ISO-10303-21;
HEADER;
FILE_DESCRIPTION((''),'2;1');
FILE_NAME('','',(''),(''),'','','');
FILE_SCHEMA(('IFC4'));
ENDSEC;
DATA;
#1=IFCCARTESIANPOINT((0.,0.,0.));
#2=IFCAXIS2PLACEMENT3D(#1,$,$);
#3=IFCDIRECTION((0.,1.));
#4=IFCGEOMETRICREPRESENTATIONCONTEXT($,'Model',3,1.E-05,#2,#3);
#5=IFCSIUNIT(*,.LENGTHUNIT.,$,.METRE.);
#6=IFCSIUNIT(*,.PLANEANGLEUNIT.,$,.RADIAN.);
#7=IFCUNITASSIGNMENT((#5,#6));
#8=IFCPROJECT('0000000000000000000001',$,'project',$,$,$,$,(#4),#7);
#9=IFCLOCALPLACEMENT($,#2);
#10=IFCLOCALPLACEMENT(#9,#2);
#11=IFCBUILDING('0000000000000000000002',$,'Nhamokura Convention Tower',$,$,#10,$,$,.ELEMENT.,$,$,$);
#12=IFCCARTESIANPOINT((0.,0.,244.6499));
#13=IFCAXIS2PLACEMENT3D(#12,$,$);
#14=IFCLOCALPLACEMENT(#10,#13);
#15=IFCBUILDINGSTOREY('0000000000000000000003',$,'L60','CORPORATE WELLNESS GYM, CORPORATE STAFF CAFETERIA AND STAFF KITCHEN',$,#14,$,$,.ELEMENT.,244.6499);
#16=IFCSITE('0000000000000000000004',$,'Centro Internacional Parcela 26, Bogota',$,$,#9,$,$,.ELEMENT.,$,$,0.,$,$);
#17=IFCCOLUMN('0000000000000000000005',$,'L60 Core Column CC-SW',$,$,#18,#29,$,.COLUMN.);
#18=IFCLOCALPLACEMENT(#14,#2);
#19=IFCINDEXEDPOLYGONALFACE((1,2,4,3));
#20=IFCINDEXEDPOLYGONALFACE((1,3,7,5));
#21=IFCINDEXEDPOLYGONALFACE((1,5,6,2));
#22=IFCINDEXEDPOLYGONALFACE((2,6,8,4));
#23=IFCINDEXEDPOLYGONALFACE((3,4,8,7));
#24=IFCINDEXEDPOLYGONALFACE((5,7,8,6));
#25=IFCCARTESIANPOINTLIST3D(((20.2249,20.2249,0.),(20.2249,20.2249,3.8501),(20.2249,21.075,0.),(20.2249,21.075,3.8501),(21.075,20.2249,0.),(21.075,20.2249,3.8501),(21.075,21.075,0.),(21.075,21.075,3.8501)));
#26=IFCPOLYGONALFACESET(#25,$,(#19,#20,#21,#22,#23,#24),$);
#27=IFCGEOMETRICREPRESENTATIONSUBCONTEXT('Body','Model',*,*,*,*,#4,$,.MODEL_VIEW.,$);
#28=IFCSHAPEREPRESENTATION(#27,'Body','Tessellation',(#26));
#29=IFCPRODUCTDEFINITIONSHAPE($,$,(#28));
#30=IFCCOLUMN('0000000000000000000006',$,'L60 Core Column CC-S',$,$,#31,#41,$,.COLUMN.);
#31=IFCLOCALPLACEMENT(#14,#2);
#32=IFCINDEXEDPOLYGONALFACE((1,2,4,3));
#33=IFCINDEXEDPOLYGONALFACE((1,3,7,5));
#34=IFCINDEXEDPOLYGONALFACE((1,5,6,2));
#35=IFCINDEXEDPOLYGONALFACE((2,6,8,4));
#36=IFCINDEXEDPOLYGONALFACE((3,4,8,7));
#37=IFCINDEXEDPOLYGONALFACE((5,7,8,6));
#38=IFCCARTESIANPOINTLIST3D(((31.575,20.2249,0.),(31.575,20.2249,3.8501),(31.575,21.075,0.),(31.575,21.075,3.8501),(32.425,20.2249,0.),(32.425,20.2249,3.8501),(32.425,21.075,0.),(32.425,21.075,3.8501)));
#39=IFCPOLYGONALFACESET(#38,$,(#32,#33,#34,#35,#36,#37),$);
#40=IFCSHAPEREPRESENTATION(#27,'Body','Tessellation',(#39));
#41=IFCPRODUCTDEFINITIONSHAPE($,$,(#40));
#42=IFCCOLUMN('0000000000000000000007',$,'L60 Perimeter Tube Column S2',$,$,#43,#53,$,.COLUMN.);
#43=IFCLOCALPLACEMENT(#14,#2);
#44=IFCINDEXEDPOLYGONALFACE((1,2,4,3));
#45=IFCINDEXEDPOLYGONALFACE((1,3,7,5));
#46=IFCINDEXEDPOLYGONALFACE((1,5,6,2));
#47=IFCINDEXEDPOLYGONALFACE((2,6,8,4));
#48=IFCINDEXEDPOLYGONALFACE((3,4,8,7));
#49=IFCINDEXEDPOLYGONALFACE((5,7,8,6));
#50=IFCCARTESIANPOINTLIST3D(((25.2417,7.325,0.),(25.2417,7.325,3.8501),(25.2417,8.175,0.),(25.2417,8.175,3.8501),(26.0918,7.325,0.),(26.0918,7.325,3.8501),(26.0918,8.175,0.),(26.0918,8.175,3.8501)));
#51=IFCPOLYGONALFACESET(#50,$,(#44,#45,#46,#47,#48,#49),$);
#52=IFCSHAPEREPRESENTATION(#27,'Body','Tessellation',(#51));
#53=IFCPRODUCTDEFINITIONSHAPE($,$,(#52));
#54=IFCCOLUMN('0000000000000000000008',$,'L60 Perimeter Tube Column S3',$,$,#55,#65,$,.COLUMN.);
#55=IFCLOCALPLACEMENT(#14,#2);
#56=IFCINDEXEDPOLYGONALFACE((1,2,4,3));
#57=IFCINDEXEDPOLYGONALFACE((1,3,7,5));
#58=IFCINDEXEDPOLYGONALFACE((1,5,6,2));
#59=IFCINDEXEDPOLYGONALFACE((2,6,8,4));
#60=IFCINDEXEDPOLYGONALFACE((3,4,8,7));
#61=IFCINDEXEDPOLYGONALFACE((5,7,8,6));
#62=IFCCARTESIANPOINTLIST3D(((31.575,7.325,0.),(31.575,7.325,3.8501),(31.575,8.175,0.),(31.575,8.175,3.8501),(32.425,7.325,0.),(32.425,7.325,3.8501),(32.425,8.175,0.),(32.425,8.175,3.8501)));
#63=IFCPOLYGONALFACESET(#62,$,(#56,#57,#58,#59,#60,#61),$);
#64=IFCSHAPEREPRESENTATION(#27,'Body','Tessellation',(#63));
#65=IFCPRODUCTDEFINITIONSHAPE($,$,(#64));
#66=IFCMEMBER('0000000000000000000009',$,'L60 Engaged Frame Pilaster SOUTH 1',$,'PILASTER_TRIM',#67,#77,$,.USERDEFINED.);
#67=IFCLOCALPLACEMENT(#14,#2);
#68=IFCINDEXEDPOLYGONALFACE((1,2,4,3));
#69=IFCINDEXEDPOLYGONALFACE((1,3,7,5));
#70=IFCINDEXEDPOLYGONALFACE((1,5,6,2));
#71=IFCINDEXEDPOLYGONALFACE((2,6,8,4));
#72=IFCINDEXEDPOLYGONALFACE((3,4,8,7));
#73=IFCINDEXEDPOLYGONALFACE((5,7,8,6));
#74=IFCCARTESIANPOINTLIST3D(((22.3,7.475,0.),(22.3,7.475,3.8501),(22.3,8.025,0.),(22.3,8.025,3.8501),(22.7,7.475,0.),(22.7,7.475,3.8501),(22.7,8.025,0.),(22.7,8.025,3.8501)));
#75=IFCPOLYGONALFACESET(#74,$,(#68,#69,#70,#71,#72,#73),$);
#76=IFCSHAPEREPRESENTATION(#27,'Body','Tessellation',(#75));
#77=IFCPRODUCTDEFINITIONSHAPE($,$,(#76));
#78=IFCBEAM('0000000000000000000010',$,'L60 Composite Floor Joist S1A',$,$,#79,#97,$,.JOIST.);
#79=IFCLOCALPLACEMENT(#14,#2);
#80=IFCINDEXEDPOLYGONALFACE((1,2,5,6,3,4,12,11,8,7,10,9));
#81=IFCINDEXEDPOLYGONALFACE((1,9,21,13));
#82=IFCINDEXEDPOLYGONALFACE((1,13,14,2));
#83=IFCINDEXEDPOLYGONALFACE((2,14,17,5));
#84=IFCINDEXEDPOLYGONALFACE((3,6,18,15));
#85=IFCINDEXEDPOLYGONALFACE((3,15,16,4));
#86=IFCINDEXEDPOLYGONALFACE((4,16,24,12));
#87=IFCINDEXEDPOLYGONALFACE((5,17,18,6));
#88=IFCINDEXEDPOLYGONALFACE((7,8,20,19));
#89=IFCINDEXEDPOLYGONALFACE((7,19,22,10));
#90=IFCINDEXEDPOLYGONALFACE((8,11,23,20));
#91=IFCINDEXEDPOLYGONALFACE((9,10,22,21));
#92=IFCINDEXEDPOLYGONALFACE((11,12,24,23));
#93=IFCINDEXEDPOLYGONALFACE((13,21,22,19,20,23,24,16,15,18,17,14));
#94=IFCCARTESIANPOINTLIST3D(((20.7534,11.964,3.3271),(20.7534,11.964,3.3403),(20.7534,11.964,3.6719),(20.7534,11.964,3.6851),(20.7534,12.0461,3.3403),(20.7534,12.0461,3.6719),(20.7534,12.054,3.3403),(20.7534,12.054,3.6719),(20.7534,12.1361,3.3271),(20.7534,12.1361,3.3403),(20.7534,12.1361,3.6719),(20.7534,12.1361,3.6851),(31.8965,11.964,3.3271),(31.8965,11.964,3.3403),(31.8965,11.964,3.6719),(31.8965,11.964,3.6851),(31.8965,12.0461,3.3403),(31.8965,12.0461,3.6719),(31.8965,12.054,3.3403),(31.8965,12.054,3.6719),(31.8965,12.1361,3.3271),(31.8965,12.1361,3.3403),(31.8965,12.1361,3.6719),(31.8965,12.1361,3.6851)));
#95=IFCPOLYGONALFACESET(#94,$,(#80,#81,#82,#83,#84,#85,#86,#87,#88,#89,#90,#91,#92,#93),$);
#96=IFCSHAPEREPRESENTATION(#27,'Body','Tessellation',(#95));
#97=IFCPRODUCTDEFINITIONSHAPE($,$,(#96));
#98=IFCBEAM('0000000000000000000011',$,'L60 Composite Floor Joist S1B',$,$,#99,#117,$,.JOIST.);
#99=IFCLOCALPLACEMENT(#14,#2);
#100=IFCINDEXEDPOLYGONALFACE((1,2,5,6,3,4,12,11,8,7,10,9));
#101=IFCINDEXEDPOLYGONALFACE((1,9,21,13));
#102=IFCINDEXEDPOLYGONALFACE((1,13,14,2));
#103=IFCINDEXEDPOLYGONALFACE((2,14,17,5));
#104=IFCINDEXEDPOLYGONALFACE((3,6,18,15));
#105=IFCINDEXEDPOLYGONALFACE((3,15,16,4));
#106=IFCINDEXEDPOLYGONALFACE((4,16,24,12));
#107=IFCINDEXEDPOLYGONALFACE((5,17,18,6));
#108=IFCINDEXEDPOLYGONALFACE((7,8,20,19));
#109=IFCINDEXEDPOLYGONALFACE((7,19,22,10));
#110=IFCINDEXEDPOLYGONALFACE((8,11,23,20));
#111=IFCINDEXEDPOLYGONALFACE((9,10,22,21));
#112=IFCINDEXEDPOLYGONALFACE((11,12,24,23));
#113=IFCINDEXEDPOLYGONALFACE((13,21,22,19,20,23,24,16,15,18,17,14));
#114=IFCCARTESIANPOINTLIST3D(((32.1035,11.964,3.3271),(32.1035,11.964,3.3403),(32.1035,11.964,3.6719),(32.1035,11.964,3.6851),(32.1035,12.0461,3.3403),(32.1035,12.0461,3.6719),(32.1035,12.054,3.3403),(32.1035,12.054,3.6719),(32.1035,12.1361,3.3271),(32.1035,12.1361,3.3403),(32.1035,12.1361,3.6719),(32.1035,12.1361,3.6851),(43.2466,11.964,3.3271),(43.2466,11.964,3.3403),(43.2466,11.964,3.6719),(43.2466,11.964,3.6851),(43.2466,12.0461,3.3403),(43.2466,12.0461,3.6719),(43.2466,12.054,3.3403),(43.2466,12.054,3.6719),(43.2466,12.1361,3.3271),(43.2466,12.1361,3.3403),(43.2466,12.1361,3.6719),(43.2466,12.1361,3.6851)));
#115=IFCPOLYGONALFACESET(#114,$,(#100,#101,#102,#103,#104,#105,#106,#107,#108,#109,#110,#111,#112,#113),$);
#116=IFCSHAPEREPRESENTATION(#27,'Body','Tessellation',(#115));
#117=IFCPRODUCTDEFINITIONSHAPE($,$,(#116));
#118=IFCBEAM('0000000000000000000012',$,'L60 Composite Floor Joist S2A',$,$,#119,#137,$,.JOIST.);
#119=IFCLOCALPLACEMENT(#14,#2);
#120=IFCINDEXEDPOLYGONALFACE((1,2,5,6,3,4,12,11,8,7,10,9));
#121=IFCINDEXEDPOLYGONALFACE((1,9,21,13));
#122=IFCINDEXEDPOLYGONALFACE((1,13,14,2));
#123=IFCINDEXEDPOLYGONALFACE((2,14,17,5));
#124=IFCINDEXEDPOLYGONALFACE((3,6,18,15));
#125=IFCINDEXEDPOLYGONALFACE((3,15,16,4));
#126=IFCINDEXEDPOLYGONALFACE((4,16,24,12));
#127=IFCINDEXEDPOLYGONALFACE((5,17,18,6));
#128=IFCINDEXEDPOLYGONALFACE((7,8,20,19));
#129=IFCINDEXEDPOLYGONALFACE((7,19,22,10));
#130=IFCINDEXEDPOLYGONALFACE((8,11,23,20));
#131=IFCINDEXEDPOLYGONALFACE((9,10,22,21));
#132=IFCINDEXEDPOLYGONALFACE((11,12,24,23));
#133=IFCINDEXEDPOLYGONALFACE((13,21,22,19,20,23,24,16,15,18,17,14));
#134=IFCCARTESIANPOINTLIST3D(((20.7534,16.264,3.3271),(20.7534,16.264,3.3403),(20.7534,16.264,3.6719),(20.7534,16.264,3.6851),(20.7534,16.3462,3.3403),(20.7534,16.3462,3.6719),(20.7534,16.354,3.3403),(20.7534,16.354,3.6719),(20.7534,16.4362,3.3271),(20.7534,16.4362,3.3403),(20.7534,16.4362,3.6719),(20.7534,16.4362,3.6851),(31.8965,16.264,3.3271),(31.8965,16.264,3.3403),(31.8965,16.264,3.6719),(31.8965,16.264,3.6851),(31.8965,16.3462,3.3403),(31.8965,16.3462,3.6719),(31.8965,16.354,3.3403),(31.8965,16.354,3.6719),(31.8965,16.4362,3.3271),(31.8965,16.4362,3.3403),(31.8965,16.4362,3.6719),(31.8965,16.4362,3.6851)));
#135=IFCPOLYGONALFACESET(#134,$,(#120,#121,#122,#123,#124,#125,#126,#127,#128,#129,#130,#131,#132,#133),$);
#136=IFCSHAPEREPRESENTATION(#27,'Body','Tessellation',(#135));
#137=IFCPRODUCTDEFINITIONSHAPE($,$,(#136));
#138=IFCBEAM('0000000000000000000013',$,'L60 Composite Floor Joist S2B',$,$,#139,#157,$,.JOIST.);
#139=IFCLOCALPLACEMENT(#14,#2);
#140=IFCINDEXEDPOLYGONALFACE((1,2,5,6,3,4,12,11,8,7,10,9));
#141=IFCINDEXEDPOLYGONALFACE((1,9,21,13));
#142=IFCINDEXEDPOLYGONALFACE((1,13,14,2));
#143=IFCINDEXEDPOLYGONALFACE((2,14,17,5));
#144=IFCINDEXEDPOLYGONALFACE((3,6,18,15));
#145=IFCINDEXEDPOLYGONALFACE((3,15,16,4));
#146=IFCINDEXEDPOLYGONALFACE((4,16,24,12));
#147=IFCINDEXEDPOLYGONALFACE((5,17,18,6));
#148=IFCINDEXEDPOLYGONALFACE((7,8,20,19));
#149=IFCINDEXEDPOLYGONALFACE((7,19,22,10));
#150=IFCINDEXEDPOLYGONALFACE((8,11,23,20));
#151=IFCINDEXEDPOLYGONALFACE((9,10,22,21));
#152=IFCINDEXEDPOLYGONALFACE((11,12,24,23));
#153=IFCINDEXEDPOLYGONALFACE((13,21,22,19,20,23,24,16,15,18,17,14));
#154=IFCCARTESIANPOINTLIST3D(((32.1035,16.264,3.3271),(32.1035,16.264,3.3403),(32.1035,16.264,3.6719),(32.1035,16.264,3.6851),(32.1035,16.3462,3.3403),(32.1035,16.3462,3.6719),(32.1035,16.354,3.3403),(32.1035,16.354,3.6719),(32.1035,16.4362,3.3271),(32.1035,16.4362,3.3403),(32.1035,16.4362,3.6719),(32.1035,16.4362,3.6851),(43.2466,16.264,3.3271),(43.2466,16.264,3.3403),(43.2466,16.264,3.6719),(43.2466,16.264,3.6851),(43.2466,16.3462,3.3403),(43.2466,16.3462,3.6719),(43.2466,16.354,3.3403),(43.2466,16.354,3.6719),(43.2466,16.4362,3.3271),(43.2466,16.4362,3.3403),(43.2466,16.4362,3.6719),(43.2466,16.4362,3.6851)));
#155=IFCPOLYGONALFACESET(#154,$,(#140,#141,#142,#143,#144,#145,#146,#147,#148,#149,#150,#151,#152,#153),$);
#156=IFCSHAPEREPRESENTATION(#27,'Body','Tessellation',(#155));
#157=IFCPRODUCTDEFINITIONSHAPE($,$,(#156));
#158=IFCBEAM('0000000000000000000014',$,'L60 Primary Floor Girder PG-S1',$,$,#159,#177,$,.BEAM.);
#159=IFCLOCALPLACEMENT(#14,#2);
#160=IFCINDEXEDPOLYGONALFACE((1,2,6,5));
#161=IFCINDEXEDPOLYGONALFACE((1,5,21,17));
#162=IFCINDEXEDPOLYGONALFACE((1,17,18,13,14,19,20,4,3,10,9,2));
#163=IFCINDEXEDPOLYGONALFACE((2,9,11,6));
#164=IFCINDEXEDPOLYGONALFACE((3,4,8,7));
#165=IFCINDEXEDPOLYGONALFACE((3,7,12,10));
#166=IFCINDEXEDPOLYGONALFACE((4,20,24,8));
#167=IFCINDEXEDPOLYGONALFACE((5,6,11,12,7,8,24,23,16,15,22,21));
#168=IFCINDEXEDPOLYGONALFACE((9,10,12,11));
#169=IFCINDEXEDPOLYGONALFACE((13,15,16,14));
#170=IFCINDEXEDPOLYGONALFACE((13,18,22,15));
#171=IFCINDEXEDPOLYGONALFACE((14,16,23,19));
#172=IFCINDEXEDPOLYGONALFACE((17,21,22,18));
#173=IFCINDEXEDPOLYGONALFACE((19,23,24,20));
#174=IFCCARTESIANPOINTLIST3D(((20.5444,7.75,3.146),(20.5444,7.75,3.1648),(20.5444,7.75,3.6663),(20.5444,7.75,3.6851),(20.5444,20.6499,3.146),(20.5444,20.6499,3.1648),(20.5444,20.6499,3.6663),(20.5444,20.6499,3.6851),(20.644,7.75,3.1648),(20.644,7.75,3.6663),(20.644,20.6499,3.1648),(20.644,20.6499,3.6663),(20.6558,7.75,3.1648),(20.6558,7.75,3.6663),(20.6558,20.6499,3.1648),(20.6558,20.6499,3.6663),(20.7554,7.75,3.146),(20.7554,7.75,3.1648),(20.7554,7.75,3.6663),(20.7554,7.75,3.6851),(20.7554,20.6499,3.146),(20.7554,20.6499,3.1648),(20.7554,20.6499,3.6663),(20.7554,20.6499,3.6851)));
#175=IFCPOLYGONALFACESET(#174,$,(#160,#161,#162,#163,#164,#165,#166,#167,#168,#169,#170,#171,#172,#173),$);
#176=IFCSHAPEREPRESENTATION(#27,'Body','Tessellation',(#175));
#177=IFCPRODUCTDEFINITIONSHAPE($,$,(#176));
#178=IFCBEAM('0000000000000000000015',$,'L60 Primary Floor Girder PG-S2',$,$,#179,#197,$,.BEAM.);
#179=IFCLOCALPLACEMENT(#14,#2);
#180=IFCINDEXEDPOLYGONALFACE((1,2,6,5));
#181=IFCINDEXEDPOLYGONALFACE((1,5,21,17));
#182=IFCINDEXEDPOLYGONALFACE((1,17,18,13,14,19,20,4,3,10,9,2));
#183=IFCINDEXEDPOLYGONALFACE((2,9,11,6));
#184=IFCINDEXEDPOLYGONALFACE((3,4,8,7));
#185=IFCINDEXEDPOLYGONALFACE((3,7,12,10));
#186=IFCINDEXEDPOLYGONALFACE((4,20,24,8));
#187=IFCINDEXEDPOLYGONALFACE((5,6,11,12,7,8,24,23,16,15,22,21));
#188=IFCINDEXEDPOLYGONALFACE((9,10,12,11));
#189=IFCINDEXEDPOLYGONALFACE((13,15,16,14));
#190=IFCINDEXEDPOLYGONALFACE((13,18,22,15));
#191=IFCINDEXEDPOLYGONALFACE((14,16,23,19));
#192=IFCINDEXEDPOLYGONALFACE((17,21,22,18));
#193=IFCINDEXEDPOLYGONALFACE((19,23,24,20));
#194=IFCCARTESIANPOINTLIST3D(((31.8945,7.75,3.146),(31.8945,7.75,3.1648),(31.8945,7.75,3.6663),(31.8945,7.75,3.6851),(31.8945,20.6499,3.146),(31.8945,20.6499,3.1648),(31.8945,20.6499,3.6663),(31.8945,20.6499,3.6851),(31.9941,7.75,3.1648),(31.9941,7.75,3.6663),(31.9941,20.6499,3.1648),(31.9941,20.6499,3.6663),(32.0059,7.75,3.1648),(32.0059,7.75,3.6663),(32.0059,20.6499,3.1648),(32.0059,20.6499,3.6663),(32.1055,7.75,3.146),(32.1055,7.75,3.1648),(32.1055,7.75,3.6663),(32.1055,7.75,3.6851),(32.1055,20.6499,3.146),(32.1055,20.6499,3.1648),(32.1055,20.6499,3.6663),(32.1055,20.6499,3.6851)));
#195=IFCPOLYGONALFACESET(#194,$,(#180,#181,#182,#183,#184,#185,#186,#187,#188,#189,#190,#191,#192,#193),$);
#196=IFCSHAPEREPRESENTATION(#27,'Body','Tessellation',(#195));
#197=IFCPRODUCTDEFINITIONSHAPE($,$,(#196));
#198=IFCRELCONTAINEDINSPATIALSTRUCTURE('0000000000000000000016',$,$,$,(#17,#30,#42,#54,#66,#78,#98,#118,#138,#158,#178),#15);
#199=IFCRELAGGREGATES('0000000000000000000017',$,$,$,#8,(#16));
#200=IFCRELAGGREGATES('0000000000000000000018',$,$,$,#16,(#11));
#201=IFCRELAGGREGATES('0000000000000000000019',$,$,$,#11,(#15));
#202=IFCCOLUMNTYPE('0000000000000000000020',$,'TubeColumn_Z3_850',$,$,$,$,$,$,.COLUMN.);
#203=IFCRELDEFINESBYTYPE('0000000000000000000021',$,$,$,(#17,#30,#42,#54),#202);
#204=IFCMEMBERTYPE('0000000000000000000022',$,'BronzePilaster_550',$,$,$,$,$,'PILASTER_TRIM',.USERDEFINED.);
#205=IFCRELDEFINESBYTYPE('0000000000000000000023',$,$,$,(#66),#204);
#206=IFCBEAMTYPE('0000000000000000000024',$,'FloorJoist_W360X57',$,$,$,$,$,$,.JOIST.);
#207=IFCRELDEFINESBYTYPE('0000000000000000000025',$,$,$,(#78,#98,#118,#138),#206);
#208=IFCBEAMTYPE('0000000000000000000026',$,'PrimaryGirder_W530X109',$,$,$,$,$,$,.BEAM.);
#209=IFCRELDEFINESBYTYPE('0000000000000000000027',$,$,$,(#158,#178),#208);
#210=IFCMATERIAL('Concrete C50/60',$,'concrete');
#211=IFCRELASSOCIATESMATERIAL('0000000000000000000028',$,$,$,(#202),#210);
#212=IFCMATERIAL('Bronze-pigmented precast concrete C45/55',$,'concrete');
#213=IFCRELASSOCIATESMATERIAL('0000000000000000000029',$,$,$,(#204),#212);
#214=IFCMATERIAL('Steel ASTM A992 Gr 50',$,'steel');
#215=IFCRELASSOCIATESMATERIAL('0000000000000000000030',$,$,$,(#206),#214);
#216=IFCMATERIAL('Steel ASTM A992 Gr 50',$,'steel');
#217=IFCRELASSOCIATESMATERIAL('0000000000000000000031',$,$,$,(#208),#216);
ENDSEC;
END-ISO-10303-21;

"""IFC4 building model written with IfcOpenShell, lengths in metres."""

from ifc_helpers import new_model, si_unit, direction, frame, origin, origin_2d, place, context, subcontext, project, spatial, rectangle, i_section, extrude, material, material_profile, profile_set, type_object, element, save


model = new_model("IFC4")

# Units and contexts
model_context = context("Model", 3, precision=1e-05, world=origin(), true_north=direction((0.0, 1.0)))
body_context = subcontext(model_context, "Body", "Model", "MODEL_VIEW")
ifc_project = project(units=[si_unit("LENGTHUNIT", "METRE"), si_unit("PLANEANGLEUNIT", "RADIAN")], contexts=[model_context])

# Site, building, storey
site_placement = place(None, origin())
site = spatial("IfcSite", under=ifc_project, at=site_placement, Name="Centro Internacional Parcela 26, Bogota", CompositionType="ELEMENT", RefElevation=0.0)
building_placement = place(site_placement, origin())
building = spatial("IfcBuilding", under=site, at=building_placement, Name="Nhamokura Convention Tower", CompositionType="ELEMENT")
storey_placement = place(building_placement, frame((0.0, 0.0, 244.6499)))
storey = spatial("IfcBuildingStorey", under=building, at=storey_placement, Name="L60", Description="CORPORATE WELLNESS GYM, CORPORATE STAFF CAFETERIA AND STAFF KITCHEN", CompositionType="ELEMENT", Elevation=244.6499)

# Columns
ifc_material_1 = material(Name="Concrete C50/60", Category="concrete")
ifc_material_profile_1 = material_profile(ifc_material_1, rectangle(XDim=0.8501, YDim=0.8501, at=origin_2d()))
ifc_profile_set_1 = profile_set([ifc_material_profile_1], Name="Concrete C50/60")
column_type = type_object("IfcColumnType", Name="TubeColumn_Z3_850", PredefinedType="COLUMN", material=ifc_profile_set_1)
for number, where, z_axis, x_axis, name in (
    (1, (20.6499, 20.6499, 0.0), (0.0, 0.0, 1.0), (1.0, 0.0, 0.0), "L60 Core Column CC-SW"),
    (2, (32.0, 20.6499, 0.0), (0.0, 0.0, 1.0), (1.0, 0.0, 0.0), "L60 Core Column CC-S"),
    (3, (25.6667, 7.75, 0.0), (0.0, 0.0, 1.0), (1.0, 0.0, 0.0), "L60 Perimeter Tube Column S2"),
    (4, (32.0, 7.75, 0.0), (0.0, 0.0, 1.0), (1.0, 0.0, 0.0), "L60 Perimeter Tube Column S3"),
):
    element("IfcColumn", number, at=place(storey_placement, frame(where, z_axis=z_axis, x_axis=x_axis)), inside=storey, type_object=column_type, Name=name, PredefinedType="COLUMN", context=body_context, shape_type="SweptSolid", body=[
        extrude(rectangle(XDim=0.8501, YDim=0.8501, at=origin_2d()), origin(), (0.0, 0.0, 1.0), 3.8501),
    ])

# Member
ifc_material_2 = material(Name="Bronze-pigmented precast concrete C45/55", Category="concrete")
ifc_material_profile_2 = material_profile(ifc_material_2, rectangle(XDim=0.3999, YDim=0.55, at=origin_2d()))
ifc_profile_set_2 = profile_set([ifc_material_profile_2], Name="Bronze-pigmented precast concrete C45/55")
member_type = type_object("IfcMemberType", Name="BronzePilaster_550", ElementType="PILASTER_TRIM", PredefinedType="USERDEFINED", material=ifc_profile_set_2)
member_placement = place(storey_placement, frame((22.5, 7.75, 0.0), z_axis=(0.0, 0.0, 1.0), x_axis=(1.0, 0.0, 0.0)))
element("IfcMember", 5, at=member_placement, inside=storey, type_object=member_type, Name="L60 Engaged Frame Pilaster SOUTH 1", ObjectType="PILASTER_TRIM", PredefinedType="USERDEFINED", context=body_context, shape_type="SweptSolid", body=[
    extrude(rectangle(XDim=0.3999, YDim=0.55, at=origin_2d()), origin(), (0.0, 0.0, 1.0), 3.8501),
])

# Beams
ifc_material_3 = material(Name="Steel ASTM A992 Gr 50", Category="steel")
ifc_material_profile_3 = material_profile(ifc_material_3, i_section(OverallWidth=0.1721, OverallDepth=0.3579, WebThickness=0.0078, FlangeThickness=0.0132, at=origin_2d()))
ifc_profile_set_3 = profile_set([ifc_material_profile_3], Name="Steel ASTM A992 Gr 50")
beam_type_1 = type_object("IfcBeamType", Name="FloorJoist_W360X57", PredefinedType="JOIST", material=ifc_profile_set_3)
for number, where, z_axis, x_axis, name in (
    (6, (20.7534, 12.05, 3.5061), (1.0, 0.0, 0.0), (0.0, 1.0, 0.0), "L60 Composite Floor Joist S1A"),
    (7, (32.1035, 12.05, 3.5061), (1.0, 0.0, 0.0), (0.0, 1.0, 0.0), "L60 Composite Floor Joist S1B"),
    (8, (20.7534, 16.3501, 3.5061), (1.0, 0.0, 0.0), (0.0, 1.0, 0.0), "L60 Composite Floor Joist S2A"),
    (9, (32.1035, 16.3501, 3.5061), (1.0, 0.0, 0.0), (0.0, 1.0, 0.0), "L60 Composite Floor Joist S2B"),
):
    element("IfcBeam", number, at=place(storey_placement, frame(where, z_axis=z_axis, x_axis=x_axis)), inside=storey, type_object=beam_type_1, Name=name, PredefinedType="JOIST", context=body_context, shape_type="SweptSolid", body=[
        extrude(i_section(OverallWidth=0.1721, OverallDepth=0.3579, WebThickness=0.0078, FlangeThickness=0.0132, at=origin_2d()), origin(), (0.0, 0.0, 1.0), 11.1431),
    ])
ifc_material_4 = material(Name="Steel ASTM A992 Gr 50", Category="steel")
ifc_material_profile_4 = material_profile(ifc_material_4, i_section(OverallWidth=0.2109, OverallDepth=0.5391, WebThickness=0.0117, FlangeThickness=0.0188, at=origin_2d()))
ifc_profile_set_4 = profile_set([ifc_material_profile_4], Name="Steel ASTM A992 Gr 50")
beam_type_2 = type_object("IfcBeamType", Name="PrimaryGirder_W530X109", PredefinedType="BEAM", material=ifc_profile_set_4)
for number, where, z_axis, x_axis, name in (
    (10, (20.6499, 7.75, 3.4155), (0.0, 1.0, 0.0), (-1.0, 0.0, 0.0), "L60 Primary Floor Girder PG-S1"),
    (11, (32.0, 7.75, 3.4155), (0.0, 1.0, 0.0), (-1.0, 0.0, 0.0), "L60 Primary Floor Girder PG-S2"),
):
    element("IfcBeam", number, at=place(storey_placement, frame(where, z_axis=z_axis, x_axis=x_axis)), inside=storey, type_object=beam_type_2, Name=name, PredefinedType="BEAM", context=body_context, shape_type="SweptSolid", body=[
        extrude(i_section(OverallWidth=0.2109, OverallDepth=0.5391, WebThickness=0.0117, FlangeThickness=0.0188, at=origin_2d()), origin(), (0.0, 0.0, 1.0), 12.8999),
    ])

save(model, "model.ifc")
